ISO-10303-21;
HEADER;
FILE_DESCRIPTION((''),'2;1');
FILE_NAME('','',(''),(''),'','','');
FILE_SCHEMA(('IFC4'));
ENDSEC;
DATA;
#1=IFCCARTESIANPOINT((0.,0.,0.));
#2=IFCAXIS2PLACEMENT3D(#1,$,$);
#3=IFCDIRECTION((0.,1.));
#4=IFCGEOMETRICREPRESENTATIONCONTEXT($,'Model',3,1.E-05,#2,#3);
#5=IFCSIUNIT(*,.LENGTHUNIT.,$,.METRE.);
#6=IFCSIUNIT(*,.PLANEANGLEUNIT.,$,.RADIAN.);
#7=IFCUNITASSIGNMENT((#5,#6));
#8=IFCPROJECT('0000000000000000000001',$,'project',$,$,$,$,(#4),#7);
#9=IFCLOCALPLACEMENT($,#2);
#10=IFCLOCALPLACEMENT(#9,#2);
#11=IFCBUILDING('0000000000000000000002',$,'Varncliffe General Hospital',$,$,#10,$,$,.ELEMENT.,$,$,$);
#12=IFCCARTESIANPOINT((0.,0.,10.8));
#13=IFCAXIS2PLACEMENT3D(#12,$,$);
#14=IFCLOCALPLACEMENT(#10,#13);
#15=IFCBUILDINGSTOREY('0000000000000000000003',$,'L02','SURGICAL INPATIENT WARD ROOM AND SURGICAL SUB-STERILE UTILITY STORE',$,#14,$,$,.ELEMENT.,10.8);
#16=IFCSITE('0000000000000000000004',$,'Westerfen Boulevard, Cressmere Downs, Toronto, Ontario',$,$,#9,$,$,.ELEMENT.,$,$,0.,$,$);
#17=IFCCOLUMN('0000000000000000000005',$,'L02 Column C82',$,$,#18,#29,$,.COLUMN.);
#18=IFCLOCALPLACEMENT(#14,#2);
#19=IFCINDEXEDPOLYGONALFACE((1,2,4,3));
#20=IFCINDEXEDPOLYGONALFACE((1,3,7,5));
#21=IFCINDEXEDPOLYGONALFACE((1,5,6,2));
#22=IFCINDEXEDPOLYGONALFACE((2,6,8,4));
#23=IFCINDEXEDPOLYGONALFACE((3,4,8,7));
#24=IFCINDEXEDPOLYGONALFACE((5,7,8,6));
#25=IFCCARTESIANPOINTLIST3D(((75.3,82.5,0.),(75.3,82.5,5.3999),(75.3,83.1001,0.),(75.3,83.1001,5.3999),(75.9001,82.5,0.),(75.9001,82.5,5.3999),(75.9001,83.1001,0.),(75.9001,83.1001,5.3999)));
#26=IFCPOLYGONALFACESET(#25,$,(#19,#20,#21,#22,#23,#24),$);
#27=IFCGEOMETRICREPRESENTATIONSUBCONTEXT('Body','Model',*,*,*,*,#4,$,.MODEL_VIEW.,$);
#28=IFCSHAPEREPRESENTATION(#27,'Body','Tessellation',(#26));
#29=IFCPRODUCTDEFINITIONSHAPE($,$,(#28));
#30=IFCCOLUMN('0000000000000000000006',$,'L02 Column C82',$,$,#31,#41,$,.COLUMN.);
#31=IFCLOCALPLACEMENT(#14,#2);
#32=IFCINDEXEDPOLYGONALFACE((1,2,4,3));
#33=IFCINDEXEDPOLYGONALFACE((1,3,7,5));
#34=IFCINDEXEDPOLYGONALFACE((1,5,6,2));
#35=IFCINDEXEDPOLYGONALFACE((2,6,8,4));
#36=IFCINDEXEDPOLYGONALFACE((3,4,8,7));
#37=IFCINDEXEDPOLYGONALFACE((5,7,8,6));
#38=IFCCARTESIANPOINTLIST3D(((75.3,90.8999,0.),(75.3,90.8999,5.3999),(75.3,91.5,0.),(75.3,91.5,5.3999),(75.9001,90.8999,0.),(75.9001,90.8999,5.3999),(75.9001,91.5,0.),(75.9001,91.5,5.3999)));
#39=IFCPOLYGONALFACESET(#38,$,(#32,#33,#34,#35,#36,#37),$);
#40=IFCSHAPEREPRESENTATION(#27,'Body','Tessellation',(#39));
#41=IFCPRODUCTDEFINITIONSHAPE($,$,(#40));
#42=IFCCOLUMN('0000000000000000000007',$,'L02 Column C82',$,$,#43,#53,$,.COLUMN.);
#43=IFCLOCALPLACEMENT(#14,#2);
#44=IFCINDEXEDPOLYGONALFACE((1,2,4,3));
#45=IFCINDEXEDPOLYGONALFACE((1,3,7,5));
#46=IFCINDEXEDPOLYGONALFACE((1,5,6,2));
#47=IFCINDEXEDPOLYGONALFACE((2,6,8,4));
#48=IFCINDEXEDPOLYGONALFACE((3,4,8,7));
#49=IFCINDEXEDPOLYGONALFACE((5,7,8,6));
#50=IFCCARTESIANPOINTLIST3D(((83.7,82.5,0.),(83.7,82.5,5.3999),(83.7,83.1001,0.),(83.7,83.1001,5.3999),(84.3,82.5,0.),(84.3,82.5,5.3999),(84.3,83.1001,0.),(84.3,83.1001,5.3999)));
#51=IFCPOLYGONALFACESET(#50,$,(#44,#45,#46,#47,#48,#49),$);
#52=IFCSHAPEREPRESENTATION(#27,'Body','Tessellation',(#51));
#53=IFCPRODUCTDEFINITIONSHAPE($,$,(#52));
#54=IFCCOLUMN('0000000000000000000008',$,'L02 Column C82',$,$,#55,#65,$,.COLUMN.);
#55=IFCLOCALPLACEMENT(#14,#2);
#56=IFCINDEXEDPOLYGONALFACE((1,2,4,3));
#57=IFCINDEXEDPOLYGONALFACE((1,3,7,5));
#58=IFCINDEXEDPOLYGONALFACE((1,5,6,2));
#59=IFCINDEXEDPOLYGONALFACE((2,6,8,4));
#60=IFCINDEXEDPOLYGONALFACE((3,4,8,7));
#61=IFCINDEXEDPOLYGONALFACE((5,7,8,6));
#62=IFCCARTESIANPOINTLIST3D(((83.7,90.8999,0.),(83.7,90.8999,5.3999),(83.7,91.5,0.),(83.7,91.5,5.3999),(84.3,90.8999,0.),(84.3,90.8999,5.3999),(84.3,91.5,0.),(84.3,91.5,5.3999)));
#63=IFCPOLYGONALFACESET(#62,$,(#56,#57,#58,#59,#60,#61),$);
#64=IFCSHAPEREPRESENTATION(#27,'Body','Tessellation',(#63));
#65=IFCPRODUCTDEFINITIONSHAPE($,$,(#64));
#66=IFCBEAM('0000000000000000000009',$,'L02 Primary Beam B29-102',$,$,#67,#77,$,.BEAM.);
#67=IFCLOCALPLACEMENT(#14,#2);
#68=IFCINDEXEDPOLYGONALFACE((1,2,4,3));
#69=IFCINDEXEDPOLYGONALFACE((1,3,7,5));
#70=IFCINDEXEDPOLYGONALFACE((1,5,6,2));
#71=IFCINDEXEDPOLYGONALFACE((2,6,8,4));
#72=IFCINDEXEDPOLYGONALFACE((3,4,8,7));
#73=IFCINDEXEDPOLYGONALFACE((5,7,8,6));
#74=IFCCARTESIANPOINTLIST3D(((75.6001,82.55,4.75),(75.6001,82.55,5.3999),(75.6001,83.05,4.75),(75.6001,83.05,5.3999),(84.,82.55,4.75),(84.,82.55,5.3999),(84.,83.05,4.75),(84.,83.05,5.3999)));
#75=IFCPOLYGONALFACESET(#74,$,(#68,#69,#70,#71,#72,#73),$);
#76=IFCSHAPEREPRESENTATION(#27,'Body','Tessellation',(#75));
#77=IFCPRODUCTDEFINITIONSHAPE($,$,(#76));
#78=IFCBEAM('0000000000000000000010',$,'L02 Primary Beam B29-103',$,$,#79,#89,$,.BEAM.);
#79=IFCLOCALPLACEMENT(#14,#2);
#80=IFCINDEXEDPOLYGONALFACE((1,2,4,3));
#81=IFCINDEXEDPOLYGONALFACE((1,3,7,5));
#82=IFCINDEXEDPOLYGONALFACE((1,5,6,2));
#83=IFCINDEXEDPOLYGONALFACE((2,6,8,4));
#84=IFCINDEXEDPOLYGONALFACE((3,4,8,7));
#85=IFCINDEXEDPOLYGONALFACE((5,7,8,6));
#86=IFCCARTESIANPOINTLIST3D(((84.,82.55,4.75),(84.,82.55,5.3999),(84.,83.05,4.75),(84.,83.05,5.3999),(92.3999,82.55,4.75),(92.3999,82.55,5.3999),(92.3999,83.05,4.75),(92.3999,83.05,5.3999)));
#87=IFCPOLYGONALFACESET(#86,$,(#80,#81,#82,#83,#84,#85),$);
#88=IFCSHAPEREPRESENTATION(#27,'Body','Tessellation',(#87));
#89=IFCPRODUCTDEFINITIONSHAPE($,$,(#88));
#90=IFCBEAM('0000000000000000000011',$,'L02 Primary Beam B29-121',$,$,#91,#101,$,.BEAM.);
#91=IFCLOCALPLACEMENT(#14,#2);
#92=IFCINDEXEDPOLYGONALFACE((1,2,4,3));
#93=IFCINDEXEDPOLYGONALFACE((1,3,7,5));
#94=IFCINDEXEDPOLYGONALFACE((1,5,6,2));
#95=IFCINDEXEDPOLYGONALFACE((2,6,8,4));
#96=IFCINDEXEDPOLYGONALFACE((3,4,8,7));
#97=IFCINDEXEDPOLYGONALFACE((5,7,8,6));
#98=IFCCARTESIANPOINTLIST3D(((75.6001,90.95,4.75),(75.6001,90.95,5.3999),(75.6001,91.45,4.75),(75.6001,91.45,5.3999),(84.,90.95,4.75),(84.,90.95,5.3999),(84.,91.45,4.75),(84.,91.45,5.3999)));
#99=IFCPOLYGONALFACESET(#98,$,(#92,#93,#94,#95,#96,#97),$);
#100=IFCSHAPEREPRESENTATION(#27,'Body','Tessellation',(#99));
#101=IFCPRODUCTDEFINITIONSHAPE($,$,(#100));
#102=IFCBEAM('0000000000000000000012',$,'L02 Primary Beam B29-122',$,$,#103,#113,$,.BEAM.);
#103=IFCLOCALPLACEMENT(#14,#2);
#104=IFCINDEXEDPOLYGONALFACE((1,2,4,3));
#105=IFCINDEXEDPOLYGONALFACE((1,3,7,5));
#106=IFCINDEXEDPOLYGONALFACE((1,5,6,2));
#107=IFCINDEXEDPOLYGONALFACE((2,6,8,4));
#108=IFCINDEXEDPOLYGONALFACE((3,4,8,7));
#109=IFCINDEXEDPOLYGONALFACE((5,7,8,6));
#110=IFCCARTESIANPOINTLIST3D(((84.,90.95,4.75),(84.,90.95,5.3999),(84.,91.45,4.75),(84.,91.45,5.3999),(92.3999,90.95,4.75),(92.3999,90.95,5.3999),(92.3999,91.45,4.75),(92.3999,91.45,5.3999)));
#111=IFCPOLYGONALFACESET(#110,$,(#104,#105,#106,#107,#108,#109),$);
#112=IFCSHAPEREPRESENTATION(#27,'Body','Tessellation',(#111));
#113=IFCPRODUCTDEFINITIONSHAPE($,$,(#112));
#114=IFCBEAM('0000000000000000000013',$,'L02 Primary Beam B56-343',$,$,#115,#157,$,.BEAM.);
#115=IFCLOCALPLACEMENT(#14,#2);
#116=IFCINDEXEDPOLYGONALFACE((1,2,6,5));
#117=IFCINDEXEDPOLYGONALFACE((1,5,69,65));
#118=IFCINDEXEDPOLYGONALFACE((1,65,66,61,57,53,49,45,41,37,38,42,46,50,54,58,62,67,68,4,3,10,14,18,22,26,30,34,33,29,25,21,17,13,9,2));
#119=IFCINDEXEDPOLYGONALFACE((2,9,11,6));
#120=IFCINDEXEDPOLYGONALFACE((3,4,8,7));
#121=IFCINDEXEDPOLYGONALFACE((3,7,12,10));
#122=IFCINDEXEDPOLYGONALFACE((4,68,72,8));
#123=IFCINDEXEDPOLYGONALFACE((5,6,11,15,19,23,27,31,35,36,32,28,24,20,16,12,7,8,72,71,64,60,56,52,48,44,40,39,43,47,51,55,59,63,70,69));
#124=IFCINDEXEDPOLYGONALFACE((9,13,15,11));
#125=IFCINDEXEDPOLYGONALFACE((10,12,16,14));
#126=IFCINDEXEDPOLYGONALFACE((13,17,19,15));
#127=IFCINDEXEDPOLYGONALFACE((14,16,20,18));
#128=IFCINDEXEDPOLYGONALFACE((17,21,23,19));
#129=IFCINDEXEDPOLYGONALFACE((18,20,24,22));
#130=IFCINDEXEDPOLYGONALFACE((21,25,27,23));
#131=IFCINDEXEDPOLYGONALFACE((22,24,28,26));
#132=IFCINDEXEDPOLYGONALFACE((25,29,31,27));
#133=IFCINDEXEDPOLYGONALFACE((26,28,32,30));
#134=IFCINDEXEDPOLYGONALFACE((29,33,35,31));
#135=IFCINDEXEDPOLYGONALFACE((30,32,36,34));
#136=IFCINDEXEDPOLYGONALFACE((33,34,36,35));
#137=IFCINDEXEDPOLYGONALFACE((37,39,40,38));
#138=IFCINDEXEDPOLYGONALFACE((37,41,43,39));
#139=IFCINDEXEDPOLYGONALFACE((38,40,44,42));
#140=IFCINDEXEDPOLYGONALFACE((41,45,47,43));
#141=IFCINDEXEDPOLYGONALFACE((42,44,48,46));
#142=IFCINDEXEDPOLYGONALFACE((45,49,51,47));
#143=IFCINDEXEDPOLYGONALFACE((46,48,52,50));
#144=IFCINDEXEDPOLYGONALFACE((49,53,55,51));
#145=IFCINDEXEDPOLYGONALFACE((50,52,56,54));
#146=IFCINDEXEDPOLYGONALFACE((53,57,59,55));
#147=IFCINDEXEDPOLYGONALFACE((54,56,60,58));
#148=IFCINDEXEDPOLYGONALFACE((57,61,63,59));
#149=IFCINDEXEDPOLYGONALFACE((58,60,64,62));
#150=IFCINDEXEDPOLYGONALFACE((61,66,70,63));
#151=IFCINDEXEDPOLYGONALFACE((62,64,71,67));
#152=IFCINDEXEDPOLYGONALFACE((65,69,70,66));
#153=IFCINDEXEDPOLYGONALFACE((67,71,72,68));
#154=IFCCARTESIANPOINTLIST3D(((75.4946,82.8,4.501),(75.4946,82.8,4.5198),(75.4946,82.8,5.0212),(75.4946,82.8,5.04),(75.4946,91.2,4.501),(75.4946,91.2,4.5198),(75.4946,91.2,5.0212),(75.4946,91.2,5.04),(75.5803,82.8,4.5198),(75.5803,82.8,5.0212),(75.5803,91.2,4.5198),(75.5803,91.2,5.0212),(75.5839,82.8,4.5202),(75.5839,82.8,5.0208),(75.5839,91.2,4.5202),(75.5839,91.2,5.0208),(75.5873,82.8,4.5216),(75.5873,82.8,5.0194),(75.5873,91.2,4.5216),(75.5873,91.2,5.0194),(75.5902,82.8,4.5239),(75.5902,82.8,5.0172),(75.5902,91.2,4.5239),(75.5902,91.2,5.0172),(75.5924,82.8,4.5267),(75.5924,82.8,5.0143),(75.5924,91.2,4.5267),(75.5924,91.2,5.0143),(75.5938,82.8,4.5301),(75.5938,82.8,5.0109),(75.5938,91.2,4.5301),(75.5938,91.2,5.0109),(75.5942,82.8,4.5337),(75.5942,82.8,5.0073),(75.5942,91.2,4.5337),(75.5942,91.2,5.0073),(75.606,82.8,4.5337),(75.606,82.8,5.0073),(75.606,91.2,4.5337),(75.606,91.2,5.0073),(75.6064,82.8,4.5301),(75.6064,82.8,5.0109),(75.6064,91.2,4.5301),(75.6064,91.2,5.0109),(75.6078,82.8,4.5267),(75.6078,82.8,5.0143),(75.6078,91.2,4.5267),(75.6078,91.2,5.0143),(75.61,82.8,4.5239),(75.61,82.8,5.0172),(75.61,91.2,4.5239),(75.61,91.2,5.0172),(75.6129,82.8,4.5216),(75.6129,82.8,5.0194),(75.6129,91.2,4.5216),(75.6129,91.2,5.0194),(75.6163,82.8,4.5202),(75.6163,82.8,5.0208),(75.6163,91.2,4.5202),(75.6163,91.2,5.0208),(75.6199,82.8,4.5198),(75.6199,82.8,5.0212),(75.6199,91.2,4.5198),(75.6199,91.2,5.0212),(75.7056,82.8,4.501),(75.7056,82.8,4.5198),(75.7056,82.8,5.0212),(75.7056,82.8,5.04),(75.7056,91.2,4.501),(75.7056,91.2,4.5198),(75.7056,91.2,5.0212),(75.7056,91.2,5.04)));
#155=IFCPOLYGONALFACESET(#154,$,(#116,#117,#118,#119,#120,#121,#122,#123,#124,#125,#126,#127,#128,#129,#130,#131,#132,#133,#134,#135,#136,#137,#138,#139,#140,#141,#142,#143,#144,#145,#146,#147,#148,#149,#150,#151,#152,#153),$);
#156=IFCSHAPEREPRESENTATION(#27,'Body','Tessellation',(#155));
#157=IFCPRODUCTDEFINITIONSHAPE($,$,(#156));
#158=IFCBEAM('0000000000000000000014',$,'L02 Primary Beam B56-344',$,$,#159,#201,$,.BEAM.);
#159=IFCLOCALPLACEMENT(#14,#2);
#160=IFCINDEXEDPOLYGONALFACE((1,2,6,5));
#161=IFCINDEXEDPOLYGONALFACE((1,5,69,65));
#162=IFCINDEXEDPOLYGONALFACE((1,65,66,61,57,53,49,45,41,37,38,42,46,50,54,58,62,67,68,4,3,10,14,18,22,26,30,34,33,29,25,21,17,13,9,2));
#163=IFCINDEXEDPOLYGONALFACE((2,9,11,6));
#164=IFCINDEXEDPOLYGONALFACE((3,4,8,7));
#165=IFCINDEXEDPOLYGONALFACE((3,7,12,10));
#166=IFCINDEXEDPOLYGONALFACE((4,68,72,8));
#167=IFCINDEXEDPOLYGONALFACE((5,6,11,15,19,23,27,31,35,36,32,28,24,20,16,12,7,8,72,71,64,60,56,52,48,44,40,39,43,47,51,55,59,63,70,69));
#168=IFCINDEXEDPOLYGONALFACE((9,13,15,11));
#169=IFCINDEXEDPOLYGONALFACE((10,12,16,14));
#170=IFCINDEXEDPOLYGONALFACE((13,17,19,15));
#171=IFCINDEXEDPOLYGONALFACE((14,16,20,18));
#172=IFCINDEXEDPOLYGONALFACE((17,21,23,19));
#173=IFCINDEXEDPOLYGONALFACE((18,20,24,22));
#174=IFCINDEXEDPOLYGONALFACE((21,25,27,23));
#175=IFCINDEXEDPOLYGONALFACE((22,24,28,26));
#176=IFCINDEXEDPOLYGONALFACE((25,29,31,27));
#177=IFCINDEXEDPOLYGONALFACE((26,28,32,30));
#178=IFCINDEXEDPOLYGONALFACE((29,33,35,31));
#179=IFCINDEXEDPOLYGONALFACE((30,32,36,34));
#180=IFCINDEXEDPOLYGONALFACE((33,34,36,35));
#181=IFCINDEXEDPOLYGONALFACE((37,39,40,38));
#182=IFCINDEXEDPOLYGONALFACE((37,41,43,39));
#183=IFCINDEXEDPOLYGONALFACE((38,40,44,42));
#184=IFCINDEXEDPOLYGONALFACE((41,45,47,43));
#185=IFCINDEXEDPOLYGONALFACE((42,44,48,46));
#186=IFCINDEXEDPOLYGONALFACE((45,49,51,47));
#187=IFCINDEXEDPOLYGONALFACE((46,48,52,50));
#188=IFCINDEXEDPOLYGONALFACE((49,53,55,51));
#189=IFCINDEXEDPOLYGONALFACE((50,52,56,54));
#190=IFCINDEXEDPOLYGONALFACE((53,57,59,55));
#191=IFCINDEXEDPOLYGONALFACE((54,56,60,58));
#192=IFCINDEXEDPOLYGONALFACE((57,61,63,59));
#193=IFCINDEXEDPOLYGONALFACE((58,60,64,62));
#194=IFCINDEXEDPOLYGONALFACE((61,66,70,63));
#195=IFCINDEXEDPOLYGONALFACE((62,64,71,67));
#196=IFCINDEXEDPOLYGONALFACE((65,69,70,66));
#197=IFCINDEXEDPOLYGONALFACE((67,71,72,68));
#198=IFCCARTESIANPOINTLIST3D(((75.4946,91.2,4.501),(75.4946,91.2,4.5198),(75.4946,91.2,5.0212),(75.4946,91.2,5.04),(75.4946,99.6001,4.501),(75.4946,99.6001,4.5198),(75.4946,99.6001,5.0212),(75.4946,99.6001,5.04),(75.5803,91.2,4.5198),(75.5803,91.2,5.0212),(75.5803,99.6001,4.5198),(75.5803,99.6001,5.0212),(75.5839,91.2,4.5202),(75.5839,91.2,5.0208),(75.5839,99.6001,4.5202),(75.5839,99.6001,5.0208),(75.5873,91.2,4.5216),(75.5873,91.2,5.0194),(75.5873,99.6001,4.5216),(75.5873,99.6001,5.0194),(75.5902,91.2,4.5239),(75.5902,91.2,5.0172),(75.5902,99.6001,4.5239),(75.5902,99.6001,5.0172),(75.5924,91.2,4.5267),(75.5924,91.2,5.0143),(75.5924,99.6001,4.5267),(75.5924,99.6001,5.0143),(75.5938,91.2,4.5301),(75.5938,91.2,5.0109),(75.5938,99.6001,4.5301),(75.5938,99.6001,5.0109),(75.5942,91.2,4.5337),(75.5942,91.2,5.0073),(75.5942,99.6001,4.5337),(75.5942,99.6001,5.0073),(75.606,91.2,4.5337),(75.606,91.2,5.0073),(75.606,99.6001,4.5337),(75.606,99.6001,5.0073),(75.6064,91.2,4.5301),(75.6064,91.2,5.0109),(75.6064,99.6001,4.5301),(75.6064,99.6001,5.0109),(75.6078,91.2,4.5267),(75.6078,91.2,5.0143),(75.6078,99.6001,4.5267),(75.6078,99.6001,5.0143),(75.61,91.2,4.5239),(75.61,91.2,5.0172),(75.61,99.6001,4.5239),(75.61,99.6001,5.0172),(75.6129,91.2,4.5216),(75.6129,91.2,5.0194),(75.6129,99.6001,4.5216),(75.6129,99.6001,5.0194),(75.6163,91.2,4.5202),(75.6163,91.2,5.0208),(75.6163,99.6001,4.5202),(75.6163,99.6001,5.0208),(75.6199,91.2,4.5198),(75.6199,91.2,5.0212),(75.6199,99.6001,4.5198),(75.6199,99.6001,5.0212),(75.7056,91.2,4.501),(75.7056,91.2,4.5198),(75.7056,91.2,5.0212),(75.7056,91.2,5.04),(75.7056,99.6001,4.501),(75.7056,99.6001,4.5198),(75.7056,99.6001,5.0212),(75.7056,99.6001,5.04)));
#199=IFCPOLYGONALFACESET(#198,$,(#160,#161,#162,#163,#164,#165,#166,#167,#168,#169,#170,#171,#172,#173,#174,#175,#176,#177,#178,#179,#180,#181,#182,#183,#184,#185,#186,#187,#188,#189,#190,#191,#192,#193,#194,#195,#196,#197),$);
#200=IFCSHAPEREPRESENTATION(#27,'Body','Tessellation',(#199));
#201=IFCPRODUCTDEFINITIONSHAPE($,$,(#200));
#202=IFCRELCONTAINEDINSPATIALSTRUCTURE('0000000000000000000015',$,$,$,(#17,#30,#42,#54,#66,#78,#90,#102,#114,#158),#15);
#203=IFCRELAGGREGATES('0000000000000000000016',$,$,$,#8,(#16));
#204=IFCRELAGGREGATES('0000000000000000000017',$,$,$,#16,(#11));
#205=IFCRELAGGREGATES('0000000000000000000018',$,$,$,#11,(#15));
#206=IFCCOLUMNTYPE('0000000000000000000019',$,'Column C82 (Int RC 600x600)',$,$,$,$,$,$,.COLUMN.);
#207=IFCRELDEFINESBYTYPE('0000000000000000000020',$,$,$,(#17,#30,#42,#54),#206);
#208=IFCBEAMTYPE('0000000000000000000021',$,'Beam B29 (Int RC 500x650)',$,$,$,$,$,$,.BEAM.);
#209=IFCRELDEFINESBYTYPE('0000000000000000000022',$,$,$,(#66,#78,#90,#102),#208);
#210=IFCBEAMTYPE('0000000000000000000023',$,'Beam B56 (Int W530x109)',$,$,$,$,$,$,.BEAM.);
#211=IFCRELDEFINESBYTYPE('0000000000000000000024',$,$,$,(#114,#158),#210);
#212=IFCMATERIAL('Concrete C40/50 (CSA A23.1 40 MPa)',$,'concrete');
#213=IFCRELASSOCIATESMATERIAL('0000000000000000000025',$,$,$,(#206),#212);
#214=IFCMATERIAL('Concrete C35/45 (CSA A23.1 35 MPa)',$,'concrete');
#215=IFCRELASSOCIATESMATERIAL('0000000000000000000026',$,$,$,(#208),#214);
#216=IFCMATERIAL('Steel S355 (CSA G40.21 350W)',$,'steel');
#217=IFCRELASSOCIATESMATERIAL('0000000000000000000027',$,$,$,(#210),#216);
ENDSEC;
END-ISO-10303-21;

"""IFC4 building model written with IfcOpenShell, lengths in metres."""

from ifc_helpers import new_model, si_unit, direction, frame, origin, origin_2d, place, context, subcontext, project, spatial, rectangle, i_section, extrude, material, material_profile, profile_set, type_object, element, save


model = new_model("IFC4")

# Units and contexts
model_context = context("Model", 3, precision=1e-05, world=origin(), true_north=direction((0.0, 1.0)))
body_context = subcontext(model_context, "Body", "Model", "MODEL_VIEW")
ifc_project = project(units=[si_unit("LENGTHUNIT", "METRE"), si_unit("PLANEANGLEUNIT", "RADIAN")], contexts=[model_context])

# Site, building, storey
site_placement = place(None, origin())
site = spatial("IfcSite", under=ifc_project, at=site_placement, Name="Westerfen Boulevard, Cressmere Downs, Toronto, Ontario", CompositionType="ELEMENT", RefElevation=0.0)
building_placement = place(site_placement, origin())
building = spatial("IfcBuilding", under=site, at=building_placement, Name="Varncliffe General Hospital", CompositionType="ELEMENT")
storey_placement = place(building_placement, frame((0.0, 0.0, 10.8)))
storey = spatial("IfcBuildingStorey", under=building, at=storey_placement, Name="L02", Description="SURGICAL INPATIENT WARD ROOM AND SURGICAL SUB-STERILE UTILITY STORE", CompositionType="ELEMENT", Elevation=10.8)

# Columns
ifc_material_1 = material(Name="Concrete C40/50 (CSA A23.1 40 MPa)", Category="concrete")
ifc_material_profile_1 = material_profile(ifc_material_1, rectangle(XDim=0.6001, YDim=0.6001, at=origin_2d()), Name="RC 600x600")
ifc_profile_set_1 = profile_set([ifc_material_profile_1], Name="Concrete C40/50 (CSA A23.1 40 MPa)")
column_type = type_object("IfcColumnType", Name="Column C82 (Int RC 600x600)", PredefinedType="COLUMN", material=ifc_profile_set_1)
for number, where, z_axis, x_axis, name in (
    (1, (75.6001, 82.8, 0.0), (0.0, 0.0, 1.0), (1.0, 0.0, 0.0), "L02 Column C82"),
    (2, (75.6001, 91.2, 0.0), (0.0, 0.0, 1.0), (1.0, 0.0, 0.0), "L02 Column C82"),
    (3, (84.0, 82.8, 0.0), (0.0, 0.0, 1.0), (1.0, 0.0, 0.0), "L02 Column C82"),
    (4, (84.0, 91.2, 0.0), (0.0, 0.0, 1.0), (1.0, 0.0, 0.0), "L02 Column C82"),
):
    element("IfcColumn", number, at=place(storey_placement, frame(where, z_axis=z_axis, x_axis=x_axis)), inside=storey, type_object=column_type, Name=name, PredefinedType="COLUMN", context=body_context, shape_type="SweptSolid", body=[
        extrude(rectangle(XDim=0.6001, YDim=0.6001, at=origin_2d()), origin(), (0.0, 0.0, 1.0), 5.3999),
    ])

# Beams
ifc_material_2 = material(Name="Concrete C35/45 (CSA A23.1 35 MPa)", Category="concrete")
ifc_material_profile_2 = material_profile(ifc_material_2, rectangle(XDim=0.5, YDim=0.6499, at=origin_2d()), Name="RC 500x650")
ifc_profile_set_2 = profile_set([ifc_material_profile_2], Name="Concrete C35/45 (CSA A23.1 35 MPa)")
beam_type_1 = type_object("IfcBeamType", Name="Beam B29 (Int RC 500x650)", PredefinedType="BEAM", material=ifc_profile_set_2)
for number, where, z_axis, x_axis, name in (
    (5, (75.6001, 82.8, 5.075), (1.0, 0.0, 0.0), (0.0, 1.0, 0.0), "L02 Primary Beam B29-102"),
    (6, (84.0, 82.8, 5.075), (1.0, 0.0, 0.0), (0.0, 1.0, 0.0), "L02 Primary Beam B29-103"),
    (7, (75.6001, 91.2, 5.075), (1.0, 0.0, 0.0), (0.0, 1.0, 0.0), "L02 Primary Beam B29-121"),
    (8, (84.0, 91.2, 5.075), (1.0, 0.0, 0.0), (0.0, 1.0, 0.0), "L02 Primary Beam B29-122"),
):
    element("IfcBeam", number, at=place(storey_placement, frame(where, z_axis=z_axis, x_axis=x_axis)), inside=storey, type_object=beam_type_1, Name=name, PredefinedType="BEAM", context=body_context, shape_type="SweptSolid", body=[
        extrude(rectangle(XDim=0.5, YDim=0.6499, at=origin_2d()), origin(), (0.0, 0.0, 1.0), 8.3999),
    ])
ifc_material_3 = material(Name="Steel S355 (CSA G40.21 350W)", Category="steel")
ifc_material_profile_3 = material_profile(ifc_material_3, i_section(OverallWidth=0.2109, OverallDepth=0.5391, WebThickness=0.0117, FlangeThickness=0.0188, FilletRadius=0.0139, at=origin_2d()), Name="W530x109")
ifc_profile_set_3 = profile_set([ifc_material_profile_3], Name="Steel S355 (CSA G40.21 350W)")
beam_type_2 = type_object("IfcBeamType", Name="Beam B56 (Int W530x109)", PredefinedType="BEAM", material=ifc_profile_set_3)
beam_1_placement = place(storey_placement, frame((75.6001, 82.8, 4.7705), z_axis=(0.0, 1.0, 0.0), x_axis=(-1.0, 0.0, 0.0)))
element("IfcBeam", 9, at=beam_1_placement, inside=storey, type_object=beam_type_2, Name="L02 Primary Beam B56-343", PredefinedType="BEAM", context=body_context, shape_type="SweptSolid", body=[
    extrude(i_section(OverallWidth=0.2109, OverallDepth=0.5391, WebThickness=0.0117, FlangeThickness=0.0188, FilletRadius=0.0139, at=origin_2d()), origin(), (0.0, 0.0, 1.0), 8.3999),
])
beam_2_placement = place(storey_placement, frame((75.6001, 91.2, 4.7705), z_axis=(0.0, 1.0, 0.0), x_axis=(-1.0, 0.0, 0.0)))
element("IfcBeam", 10, at=beam_2_placement, inside=storey, type_object=beam_type_2, Name="L02 Primary Beam B56-344", PredefinedType="BEAM", context=body_context, shape_type="SweptSolid", body=[
    extrude(i_section(OverallWidth=0.2109, OverallDepth=0.5391, WebThickness=0.0117, FlangeThickness=0.0188, FilletRadius=0.0139, at=origin_2d()), origin(), (0.0, 0.0, 1.0), 8.4001),
])

save(model, "model.ifc")
